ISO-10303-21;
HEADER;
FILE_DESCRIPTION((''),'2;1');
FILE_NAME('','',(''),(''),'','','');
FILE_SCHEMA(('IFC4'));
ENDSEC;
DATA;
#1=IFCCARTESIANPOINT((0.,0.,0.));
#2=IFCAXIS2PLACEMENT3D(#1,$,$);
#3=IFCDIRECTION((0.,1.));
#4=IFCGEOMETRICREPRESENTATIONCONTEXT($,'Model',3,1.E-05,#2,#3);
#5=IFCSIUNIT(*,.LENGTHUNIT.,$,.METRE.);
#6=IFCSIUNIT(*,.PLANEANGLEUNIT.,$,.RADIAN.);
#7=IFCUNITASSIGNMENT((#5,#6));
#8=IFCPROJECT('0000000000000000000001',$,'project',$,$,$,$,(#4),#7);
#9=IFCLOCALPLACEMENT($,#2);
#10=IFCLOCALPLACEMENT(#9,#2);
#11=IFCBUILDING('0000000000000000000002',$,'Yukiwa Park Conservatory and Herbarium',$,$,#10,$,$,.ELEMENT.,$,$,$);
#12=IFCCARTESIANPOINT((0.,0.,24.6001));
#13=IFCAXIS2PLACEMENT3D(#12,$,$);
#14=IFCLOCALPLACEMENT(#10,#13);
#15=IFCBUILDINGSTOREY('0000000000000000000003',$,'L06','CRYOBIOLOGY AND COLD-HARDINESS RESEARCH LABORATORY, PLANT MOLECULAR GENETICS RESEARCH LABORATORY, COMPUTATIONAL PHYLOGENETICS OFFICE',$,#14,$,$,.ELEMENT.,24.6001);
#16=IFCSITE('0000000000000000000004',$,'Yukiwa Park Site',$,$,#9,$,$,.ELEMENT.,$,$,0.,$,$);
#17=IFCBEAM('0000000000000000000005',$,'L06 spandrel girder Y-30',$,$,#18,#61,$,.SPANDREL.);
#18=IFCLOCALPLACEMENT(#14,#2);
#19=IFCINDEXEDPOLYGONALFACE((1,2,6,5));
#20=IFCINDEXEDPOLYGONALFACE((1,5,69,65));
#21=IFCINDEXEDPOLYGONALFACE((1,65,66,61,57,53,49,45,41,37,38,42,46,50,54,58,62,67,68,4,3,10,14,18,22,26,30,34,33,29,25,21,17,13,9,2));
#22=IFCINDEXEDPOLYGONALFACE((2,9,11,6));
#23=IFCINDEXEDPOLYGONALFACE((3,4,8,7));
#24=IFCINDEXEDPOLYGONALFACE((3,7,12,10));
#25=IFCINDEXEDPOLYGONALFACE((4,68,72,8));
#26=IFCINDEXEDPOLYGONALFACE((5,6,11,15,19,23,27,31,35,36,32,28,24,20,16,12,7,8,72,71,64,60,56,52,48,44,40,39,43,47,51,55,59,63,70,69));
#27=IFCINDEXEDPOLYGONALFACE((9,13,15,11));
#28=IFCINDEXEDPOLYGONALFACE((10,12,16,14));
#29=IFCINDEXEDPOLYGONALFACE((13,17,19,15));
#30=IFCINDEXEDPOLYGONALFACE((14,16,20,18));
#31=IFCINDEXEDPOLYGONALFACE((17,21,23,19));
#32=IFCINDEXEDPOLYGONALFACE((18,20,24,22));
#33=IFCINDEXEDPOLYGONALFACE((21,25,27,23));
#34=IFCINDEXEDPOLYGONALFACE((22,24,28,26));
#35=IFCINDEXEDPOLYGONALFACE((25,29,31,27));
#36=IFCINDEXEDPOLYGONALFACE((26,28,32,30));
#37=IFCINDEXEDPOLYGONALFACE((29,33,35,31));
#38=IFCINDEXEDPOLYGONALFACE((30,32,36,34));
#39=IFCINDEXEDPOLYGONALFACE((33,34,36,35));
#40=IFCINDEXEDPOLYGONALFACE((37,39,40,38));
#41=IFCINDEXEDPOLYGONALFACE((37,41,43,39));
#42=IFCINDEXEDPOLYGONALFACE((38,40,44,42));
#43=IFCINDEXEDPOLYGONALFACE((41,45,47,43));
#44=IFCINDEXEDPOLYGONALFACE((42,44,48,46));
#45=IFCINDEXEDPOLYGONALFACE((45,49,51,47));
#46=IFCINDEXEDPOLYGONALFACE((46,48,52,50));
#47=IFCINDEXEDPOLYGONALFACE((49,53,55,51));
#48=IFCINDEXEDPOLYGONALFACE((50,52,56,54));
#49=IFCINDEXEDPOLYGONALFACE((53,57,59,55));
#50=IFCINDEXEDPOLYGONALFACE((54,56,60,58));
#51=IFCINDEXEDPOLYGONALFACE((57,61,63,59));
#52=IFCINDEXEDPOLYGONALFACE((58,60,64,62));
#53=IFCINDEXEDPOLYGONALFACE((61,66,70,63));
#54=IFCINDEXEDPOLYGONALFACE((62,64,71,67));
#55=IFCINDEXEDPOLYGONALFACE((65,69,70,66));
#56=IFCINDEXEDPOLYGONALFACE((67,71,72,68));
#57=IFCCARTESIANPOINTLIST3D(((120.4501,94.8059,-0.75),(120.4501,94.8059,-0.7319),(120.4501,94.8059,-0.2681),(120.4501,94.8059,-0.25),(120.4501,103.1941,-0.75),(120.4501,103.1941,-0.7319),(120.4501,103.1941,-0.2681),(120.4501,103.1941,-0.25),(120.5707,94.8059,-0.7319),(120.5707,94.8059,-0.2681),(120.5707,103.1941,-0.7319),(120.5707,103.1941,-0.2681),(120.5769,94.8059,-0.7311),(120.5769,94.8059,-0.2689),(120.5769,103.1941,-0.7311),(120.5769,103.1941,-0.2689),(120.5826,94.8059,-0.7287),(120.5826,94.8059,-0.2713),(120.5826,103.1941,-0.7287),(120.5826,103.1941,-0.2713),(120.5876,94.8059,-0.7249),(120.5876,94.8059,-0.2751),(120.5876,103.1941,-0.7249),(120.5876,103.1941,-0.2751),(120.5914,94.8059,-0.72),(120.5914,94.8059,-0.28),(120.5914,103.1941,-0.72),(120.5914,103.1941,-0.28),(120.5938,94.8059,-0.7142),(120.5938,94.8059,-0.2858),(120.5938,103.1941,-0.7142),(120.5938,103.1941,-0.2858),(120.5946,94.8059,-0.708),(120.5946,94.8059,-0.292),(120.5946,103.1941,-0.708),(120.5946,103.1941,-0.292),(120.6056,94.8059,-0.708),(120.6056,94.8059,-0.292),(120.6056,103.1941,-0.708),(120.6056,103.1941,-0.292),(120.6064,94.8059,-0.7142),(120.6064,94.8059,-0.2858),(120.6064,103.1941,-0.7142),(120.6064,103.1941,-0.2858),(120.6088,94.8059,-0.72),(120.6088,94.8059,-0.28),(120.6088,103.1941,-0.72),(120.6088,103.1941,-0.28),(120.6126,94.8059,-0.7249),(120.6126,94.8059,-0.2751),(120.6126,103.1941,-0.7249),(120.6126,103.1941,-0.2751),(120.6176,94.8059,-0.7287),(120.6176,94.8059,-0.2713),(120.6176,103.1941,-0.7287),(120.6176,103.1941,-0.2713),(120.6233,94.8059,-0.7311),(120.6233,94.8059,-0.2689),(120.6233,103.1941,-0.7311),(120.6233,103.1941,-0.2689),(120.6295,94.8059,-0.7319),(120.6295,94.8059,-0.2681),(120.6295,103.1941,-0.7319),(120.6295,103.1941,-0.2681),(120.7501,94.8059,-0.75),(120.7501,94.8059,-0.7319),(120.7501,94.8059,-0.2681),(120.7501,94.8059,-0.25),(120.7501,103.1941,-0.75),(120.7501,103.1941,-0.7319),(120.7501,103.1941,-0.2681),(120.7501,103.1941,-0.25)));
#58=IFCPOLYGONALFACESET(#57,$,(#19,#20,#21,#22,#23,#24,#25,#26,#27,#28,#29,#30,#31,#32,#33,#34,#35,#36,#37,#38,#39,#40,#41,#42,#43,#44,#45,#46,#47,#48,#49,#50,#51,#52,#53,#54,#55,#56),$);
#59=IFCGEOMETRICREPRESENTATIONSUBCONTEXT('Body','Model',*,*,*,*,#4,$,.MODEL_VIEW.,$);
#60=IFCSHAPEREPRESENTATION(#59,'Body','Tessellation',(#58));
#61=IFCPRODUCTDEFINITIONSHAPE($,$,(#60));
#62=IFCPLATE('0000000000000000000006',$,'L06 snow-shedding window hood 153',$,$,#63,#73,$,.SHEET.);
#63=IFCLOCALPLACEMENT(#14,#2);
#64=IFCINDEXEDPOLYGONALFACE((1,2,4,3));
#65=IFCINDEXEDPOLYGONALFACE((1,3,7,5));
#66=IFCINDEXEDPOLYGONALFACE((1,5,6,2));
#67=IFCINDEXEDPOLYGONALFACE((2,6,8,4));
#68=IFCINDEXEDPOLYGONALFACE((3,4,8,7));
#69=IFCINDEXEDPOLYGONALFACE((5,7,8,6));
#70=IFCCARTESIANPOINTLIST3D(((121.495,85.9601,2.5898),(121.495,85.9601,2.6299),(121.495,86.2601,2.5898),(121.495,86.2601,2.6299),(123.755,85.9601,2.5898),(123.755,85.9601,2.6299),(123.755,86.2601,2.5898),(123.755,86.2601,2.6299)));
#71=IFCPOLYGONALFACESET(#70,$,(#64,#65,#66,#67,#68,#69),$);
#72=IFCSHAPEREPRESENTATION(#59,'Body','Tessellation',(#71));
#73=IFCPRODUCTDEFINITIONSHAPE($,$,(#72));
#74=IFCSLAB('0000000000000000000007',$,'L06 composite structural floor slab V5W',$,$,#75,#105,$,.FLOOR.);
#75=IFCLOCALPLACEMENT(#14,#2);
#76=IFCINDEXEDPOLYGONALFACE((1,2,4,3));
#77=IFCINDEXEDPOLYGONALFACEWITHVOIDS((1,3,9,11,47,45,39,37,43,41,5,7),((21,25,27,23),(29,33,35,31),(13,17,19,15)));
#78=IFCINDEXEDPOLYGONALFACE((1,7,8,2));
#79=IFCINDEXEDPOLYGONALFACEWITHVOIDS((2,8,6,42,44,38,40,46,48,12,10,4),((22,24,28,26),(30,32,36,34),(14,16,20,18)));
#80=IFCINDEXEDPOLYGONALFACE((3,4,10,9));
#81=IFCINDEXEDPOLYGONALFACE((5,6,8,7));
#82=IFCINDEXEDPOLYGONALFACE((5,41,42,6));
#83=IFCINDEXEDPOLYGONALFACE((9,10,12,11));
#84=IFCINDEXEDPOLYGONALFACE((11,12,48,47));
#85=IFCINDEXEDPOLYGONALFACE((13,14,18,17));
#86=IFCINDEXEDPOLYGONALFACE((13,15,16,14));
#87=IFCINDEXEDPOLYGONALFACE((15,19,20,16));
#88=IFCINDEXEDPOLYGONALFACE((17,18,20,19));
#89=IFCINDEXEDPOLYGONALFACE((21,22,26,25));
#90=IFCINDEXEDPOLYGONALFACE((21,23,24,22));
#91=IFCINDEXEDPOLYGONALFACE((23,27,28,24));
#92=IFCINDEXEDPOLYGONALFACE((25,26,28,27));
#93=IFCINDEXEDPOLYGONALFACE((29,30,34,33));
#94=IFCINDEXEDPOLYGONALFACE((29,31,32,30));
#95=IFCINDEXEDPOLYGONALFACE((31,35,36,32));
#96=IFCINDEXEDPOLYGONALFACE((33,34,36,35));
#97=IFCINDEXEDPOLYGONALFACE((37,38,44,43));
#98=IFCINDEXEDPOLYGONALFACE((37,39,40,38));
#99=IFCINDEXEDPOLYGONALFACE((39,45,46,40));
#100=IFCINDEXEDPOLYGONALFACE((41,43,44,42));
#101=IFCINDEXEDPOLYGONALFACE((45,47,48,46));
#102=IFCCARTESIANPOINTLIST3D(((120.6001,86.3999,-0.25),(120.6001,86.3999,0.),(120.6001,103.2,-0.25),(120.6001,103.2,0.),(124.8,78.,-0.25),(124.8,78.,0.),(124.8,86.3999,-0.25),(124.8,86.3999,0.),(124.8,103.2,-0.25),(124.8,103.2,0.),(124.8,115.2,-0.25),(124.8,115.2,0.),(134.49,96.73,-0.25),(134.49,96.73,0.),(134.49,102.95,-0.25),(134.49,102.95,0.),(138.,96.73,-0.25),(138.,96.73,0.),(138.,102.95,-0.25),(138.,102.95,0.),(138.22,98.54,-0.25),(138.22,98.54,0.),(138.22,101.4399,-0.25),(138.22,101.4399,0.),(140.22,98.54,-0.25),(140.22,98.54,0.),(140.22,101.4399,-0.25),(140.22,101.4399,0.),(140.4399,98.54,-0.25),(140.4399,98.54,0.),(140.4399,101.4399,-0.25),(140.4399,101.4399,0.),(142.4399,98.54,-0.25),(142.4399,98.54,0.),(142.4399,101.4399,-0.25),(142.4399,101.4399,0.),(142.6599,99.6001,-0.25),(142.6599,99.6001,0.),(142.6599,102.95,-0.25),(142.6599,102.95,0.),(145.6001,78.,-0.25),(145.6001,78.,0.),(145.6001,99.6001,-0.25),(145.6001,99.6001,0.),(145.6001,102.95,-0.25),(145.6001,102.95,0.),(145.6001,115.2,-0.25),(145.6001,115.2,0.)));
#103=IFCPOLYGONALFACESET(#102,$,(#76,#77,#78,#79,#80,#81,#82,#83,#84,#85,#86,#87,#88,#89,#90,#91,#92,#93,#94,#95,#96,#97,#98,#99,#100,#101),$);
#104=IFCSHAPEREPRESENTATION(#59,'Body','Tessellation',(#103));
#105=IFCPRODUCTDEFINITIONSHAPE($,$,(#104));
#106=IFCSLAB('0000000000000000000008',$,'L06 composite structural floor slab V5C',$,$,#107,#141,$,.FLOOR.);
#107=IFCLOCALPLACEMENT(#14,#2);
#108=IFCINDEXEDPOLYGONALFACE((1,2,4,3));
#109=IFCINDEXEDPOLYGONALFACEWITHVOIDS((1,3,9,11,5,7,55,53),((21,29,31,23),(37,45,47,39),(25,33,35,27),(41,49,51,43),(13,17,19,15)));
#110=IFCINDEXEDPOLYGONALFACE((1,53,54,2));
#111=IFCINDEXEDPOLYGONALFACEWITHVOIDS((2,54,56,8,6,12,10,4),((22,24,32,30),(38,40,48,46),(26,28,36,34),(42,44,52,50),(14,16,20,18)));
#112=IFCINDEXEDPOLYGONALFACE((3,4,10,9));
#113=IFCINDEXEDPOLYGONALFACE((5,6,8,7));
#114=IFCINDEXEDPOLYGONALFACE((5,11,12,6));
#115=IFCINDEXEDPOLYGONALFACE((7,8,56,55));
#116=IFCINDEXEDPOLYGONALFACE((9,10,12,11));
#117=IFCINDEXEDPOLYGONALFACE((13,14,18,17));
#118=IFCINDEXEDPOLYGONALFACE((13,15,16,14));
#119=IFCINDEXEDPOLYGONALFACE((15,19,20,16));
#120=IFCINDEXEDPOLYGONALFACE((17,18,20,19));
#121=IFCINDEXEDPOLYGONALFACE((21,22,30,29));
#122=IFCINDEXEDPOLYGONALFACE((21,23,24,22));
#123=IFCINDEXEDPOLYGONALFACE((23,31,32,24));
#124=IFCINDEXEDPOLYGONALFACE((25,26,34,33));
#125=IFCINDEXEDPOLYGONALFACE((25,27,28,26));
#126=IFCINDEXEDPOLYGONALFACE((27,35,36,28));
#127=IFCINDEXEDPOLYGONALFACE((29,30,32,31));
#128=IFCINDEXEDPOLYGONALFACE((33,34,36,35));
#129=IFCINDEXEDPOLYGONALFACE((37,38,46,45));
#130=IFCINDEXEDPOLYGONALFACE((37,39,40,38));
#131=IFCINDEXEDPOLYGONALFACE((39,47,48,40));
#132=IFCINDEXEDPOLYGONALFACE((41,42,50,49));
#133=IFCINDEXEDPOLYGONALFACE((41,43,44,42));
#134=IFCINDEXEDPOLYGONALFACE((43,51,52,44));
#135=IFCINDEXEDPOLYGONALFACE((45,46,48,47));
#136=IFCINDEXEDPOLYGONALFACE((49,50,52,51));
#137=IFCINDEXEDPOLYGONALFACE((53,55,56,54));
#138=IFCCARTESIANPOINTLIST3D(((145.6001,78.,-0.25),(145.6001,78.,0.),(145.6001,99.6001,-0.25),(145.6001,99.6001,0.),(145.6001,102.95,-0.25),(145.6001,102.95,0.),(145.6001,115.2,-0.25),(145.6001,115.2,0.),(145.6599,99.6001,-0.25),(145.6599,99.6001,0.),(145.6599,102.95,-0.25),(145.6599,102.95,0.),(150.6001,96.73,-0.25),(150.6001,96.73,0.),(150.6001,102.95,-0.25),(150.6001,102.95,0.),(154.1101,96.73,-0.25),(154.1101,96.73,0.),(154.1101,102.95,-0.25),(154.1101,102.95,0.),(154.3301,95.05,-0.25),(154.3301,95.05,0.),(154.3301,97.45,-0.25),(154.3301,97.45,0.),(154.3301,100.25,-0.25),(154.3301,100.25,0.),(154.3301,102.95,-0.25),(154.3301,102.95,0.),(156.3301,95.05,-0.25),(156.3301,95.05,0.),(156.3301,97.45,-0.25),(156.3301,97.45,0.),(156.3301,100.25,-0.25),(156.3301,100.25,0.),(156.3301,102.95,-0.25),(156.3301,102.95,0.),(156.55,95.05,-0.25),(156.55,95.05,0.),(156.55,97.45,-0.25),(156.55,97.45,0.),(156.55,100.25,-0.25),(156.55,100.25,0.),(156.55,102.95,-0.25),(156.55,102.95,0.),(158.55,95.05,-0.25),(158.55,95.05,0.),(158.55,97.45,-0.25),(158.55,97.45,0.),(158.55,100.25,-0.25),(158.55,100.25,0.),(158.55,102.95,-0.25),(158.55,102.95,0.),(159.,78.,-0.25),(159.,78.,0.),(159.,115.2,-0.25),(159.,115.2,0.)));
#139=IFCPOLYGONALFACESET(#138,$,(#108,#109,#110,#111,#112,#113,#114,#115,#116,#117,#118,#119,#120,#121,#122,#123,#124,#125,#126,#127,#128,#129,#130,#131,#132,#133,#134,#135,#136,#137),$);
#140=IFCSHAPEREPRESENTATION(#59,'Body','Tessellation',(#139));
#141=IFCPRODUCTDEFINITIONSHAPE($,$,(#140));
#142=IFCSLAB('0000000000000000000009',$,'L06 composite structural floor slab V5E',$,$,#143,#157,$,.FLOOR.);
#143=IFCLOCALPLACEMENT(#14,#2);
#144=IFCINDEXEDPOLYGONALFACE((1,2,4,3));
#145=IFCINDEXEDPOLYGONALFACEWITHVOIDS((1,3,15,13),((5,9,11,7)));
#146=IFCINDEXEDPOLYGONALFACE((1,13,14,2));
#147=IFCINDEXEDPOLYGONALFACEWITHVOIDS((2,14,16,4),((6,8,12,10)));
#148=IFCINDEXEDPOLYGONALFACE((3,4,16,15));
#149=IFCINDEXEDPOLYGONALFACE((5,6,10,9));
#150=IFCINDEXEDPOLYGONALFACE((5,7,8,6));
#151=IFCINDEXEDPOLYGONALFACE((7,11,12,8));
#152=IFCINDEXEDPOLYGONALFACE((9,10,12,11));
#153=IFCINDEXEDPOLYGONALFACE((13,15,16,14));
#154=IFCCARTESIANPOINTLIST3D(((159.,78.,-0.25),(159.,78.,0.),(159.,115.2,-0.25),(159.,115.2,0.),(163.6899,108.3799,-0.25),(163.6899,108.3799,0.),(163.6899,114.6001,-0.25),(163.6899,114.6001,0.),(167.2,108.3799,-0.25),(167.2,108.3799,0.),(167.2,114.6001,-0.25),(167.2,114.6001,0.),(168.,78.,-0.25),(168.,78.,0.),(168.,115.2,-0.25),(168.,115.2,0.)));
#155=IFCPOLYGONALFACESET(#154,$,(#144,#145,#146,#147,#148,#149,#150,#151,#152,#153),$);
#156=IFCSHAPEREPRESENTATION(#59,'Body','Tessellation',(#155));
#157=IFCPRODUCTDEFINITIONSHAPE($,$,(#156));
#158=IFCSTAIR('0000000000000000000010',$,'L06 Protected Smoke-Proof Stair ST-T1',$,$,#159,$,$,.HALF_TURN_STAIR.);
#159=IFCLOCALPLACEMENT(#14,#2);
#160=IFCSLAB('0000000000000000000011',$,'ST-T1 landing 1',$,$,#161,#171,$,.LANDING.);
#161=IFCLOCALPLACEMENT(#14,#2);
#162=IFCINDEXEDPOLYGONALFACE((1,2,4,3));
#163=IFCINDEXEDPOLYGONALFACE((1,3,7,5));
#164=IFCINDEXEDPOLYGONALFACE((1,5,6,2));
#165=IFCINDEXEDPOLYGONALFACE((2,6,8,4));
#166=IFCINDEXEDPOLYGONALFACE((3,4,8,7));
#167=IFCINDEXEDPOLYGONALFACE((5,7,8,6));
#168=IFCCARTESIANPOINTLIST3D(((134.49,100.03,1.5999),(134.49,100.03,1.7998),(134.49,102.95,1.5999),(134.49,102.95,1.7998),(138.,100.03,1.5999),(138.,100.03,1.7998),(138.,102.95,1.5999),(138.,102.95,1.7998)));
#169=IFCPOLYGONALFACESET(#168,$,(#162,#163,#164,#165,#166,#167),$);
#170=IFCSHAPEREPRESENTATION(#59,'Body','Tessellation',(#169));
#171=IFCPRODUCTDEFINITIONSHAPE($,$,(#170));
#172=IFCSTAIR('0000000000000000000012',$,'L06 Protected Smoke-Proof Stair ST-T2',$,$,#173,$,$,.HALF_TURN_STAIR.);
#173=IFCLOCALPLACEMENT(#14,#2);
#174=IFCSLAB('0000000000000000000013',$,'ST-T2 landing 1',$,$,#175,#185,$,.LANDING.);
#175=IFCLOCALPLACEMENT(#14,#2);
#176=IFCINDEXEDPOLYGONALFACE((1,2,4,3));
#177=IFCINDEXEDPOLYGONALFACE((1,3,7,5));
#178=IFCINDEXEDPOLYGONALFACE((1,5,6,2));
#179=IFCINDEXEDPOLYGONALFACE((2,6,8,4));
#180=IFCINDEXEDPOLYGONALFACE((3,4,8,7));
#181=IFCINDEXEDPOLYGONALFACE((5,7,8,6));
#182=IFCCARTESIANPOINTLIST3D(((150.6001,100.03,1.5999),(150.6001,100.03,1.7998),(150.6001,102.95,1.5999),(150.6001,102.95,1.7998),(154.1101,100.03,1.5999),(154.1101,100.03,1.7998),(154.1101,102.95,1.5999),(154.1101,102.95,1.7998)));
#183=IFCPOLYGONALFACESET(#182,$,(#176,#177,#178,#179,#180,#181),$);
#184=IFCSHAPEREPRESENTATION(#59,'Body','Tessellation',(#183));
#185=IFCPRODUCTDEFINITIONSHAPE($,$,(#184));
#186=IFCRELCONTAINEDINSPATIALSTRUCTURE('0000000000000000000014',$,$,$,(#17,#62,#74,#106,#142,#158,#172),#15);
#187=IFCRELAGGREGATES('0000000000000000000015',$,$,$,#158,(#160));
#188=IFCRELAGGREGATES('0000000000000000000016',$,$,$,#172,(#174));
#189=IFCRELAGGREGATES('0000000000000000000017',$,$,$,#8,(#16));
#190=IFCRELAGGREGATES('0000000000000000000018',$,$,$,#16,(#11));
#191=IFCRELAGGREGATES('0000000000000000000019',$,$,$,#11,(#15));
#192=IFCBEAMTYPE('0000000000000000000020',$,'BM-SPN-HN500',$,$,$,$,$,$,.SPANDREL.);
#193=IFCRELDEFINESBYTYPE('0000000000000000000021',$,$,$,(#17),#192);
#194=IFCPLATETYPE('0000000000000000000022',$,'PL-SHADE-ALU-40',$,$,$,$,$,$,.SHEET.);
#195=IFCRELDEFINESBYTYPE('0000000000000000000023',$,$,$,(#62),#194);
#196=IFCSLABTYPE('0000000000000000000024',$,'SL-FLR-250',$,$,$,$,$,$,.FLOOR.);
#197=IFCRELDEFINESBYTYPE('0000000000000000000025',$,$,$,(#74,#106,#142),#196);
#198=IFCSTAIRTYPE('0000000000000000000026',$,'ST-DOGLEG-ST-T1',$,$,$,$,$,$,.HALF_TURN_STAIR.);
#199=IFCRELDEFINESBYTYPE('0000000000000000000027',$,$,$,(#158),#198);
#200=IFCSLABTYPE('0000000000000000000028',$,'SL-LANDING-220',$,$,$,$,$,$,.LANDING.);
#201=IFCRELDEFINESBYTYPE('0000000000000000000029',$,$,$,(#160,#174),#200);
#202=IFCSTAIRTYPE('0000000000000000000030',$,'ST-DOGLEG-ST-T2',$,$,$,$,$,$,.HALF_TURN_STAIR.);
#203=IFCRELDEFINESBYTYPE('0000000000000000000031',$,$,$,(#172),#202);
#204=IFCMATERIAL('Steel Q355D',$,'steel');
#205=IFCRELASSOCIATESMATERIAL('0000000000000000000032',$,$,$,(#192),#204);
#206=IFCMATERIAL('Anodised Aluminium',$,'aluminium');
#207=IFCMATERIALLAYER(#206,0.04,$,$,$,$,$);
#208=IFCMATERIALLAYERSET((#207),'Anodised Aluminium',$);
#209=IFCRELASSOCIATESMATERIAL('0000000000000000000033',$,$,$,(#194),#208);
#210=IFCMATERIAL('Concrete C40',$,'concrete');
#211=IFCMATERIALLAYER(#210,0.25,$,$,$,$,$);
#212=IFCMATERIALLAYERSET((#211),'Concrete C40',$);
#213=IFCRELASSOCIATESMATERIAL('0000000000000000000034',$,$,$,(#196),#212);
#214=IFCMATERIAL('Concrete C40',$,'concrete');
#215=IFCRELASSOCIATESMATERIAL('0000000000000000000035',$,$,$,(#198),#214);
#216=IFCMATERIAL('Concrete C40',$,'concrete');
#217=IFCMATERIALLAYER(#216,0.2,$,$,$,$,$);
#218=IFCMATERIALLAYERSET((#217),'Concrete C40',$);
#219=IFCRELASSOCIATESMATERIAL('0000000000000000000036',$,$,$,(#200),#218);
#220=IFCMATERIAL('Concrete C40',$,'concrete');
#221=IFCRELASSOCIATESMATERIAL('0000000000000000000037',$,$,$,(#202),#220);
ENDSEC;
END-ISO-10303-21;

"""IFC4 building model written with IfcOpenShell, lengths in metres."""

from ifc_helpers import new_model, si_unit, direction, frame, origin, origin_2d, place, context, subcontext, project, spatial, polyline, rectangle, i_section, outline, extrude, material, layer, layer_set, material_profile, profile_set, type_object, element, aggregate, save


model = new_model("IFC4")

# Units and contexts
model_context = context("Model", 3, precision=1e-05, world=origin(), true_north=direction((0.0, 1.0)))
body_context = subcontext(model_context, "Body", "Model", "MODEL_VIEW")
ifc_project = project(units=[si_unit("LENGTHUNIT", "METRE"), si_unit("PLANEANGLEUNIT", "RADIAN")], contexts=[model_context])

# Site, building, storey
site_placement = place(None, origin())
site = spatial("IfcSite", under=ifc_project, at=site_placement, Name="Yukiwa Park Site", CompositionType="ELEMENT", RefElevation=0.0)
building_placement = place(site_placement, origin())
building = spatial("IfcBuilding", under=site, at=building_placement, Name="Yukiwa Park Conservatory and Herbarium", CompositionType="ELEMENT")
storey_placement = place(building_placement, frame((0.0, 0.0, 24.6001)))
storey = spatial("IfcBuildingStorey", under=building, at=storey_placement, Name="L06", Description="CRYOBIOLOGY AND COLD-HARDINESS RESEARCH LABORATORY, PLANT MOLECULAR GENETICS RESEARCH LABORATORY, COMPUTATIONAL PHYLOGENETICS OFFICE", CompositionType="ELEMENT", Elevation=24.6001)

# Beam
ifc_material_1 = material(Name="Steel Q355D", Category="steel")
ifc_material_profile_1 = material_profile(ifc_material_1, i_section(OverallWidth=0.3, OverallDepth=0.5, WebThickness=0.011, FlangeThickness=0.0181, FilletRadius=0.0239, at=origin_2d()), Name="HM 500x300x11x18")
ifc_profile_set_1 = profile_set([ifc_material_profile_1], Name="Steel Q355D")
beam_type_1 = type_object("IfcBeamType", Name="BM-SPN-HN500", PredefinedType="SPANDREL", material=ifc_profile_set_1)
beam_1_placement = place(storey_placement, frame((120.6001, 94.8059, -0.5), z_axis=(0.0, 1.0, 0.0), x_axis=(-1.0, 0.0, 0.0)))
element("IfcBeam", 1, at=beam_1_placement, inside=storey, type_object=beam_type_1, Name="L06 spandrel girder Y-30", PredefinedType="SPANDREL", context=body_context, shape_type="SweptSolid", body=[
    extrude(i_section(OverallWidth=0.3, OverallDepth=0.5, WebThickness=0.011, FlangeThickness=0.0181, FilletRadius=0.0239, at=origin_2d()), origin(), (0.0, 0.0, 1.0), 8.3882),
])

# Plate
ifc_material_2 = material(Name="Anodised Aluminium", Category="aluminium")
ifc_layer_1 = layer(ifc_material_2, 0.04)
ifc_layer_set_1 = layer_set([ifc_layer_1], Name="Anodised Aluminium")
plate_type = type_object("IfcPlateType", Name="PL-SHADE-ALU-40", PredefinedType="SHEET", material=ifc_layer_set_1)
plate_placement = place(storey_placement, frame((122.625, 86.1101, 2.5898), z_axis=(0.0, 0.0, 1.0), x_axis=(1.0, 0.0, 0.0)))
element("IfcPlate", 2, at=plate_placement, inside=storey, type_object=plate_type, Name="L06 snow-shedding window hood 153", PredefinedType="SHEET", context=body_context, shape_type="SweptSolid", body=[
    extrude(rectangle(XDim=2.26, YDim=0.3, at=origin_2d()), origin(), (0.0, 0.0, 1.0), 0.04),
])

# Slabs
ifc_material_3 = material(Name="Concrete C40", Category="concrete")
ifc_layer_2 = layer(ifc_material_3, 0.25)
ifc_layer_set_2 = layer_set([ifc_layer_2], Name="Concrete C40")
slab_type_1 = type_object("IfcSlabType", Name="SL-FLR-250", PredefinedType="FLOOR", material=ifc_layer_set_2)
slab_1_placement = place(storey_placement, frame((0.0, 0.0, -0.25)))
element("IfcSlab", 3, at=slab_1_placement, inside=storey, type_object=slab_type_1, Name="L06 composite structural floor slab V5W", PredefinedType="FLOOR", context=body_context, shape_type="SweptSolid", body=[
    extrude(outline(polyline([(124.8, 86.3999), (120.6001, 86.3999), (120.6001, 103.2), (124.8, 103.2), (124.8, 115.2), (145.6001, 115.2), (145.6001, 102.95), (142.6599, 102.95), (142.6599, 99.6001), (145.6001, 99.6001), (145.6001, 78.0), (124.8, 78.0), (124.8, 86.3999)]), holes=[polyline([(134.49, 102.95), (134.49, 96.73), (138.0, 96.73), (138.0, 102.95), (134.49, 102.95)]), polyline([(140.22, 101.4399), (138.22, 101.4399), (138.22, 98.54), (140.22, 98.54), (140.22, 101.4399)]), polyline([(140.4399, 101.4399), (140.4399, 98.54), (142.4399, 98.54), (142.4399, 101.4399), (140.4399, 101.4399)])]), origin(), (0.0, 0.0, 1.0), 0.25),
])
slab_2_placement = place(storey_placement, frame((0.0, 0.0, -0.25)))
element("IfcSlab", 4, at=slab_2_placement, inside=storey, type_object=slab_type_1, Name="L06 composite structural floor slab V5C", PredefinedType="FLOOR", context=body_context, shape_type="SweptSolid", body=[
    extrude(outline(polyline([(145.6001, 99.6001), (145.6599, 99.6001), (145.6599, 102.95), (145.6001, 102.95), (145.6001, 115.2), (159.0, 115.2), (159.0, 78.0), (145.6001, 78.0), (145.6001, 99.6001)]), holes=[polyline([(154.3301, 97.45), (154.3301, 95.05), (156.3301, 95.05), (156.3301, 97.45), (154.3301, 97.45)]), polyline([(156.55, 97.45), (156.55, 95.05), (158.55, 95.05), (158.55, 97.45), (156.55, 97.45)]), polyline([(154.1101, 102.95), (150.6001, 102.95), (150.6001, 96.73), (154.1101, 96.73), (154.1101, 102.95)]), polyline([(154.3301, 102.95), (154.3301, 100.25), (156.3301, 100.25), (156.3301, 102.95), (154.3301, 102.95)]), polyline([(158.55, 102.95), (156.55, 102.95), (156.55, 100.25), (158.55, 100.25), (158.55, 102.95)])]), origin(), (0.0, 0.0, 1.0), 0.25),
])
slab_3_placement = place(storey_placement, frame((0.0, 0.0, -0.25)))
element("IfcSlab", 5, at=slab_3_placement, inside=storey, type_object=slab_type_1, Name="L06 composite structural floor slab V5E", PredefinedType="FLOOR", context=body_context, shape_type="SweptSolid", body=[
    extrude(outline(polyline([(168.0, 78.0), (159.0, 78.0), (159.0, 115.2), (168.0, 115.2), (168.0, 78.0)]), holes=[polyline([(167.2, 114.6001), (163.6899, 114.6001), (163.6899, 108.3799), (167.2, 108.3799), (167.2, 114.6001)])]), origin(), (0.0, 0.0, 1.0), 0.25),
])

# Stairs, slabs
ifc_material_4 = material(Name="Concrete C40", Category="concrete")
stair_type_1 = type_object("IfcStairType", Name="ST-DOGLEG-ST-T1", PredefinedType="HALF_TURN_STAIR", material=ifc_material_4)
stair_1_placement = place(storey_placement, origin())
stair_1 = element("IfcStair", 6, at=stair_1_placement, inside=storey, type_object=stair_type_1, Name="L06 Protected Smoke-Proof Stair ST-T1", PredefinedType="HALF_TURN_STAIR")
ifc_material_5 = material(Name="Concrete C40", Category="concrete")
ifc_layer_3 = layer(ifc_material_5, 0.2)
ifc_layer_set_3 = layer_set([ifc_layer_3], Name="Concrete C40")
slab_type_2 = type_object("IfcSlabType", Name="SL-LANDING-220", PredefinedType="LANDING", material=ifc_layer_set_3)
slab_4_placement = place(storey_placement, frame((0.0, 0.0, 1.5999)))
slab_4 = element("IfcSlab", 7, at=slab_4_placement, type_object=slab_type_2, Name="ST-T1 landing 1", PredefinedType="LANDING", context=body_context, shape_type="SweptSolid", body=[
    extrude(outline(polyline([(138.0, 100.03), (138.0, 102.95), (134.49, 102.95), (134.49, 100.03), (138.0, 100.03)])), origin(), (0.0, 0.0, 1.0), 0.2),
])
aggregate(stair_1, [slab_4])
ifc_material_6 = material(Name="Concrete C40", Category="concrete")
stair_type_2 = type_object("IfcStairType", Name="ST-DOGLEG-ST-T2", PredefinedType="HALF_TURN_STAIR", material=ifc_material_6)
stair_2_placement = place(storey_placement, origin())
stair_2 = element("IfcStair", 8, at=stair_2_placement, inside=storey, type_object=stair_type_2, Name="L06 Protected Smoke-Proof Stair ST-T2", PredefinedType="HALF_TURN_STAIR")
slab_5_placement = place(storey_placement, frame((0.0, 0.0, 1.5999)))
slab_5 = element("IfcSlab", 9, at=slab_5_placement, type_object=slab_type_2, Name="ST-T2 landing 1", PredefinedType="LANDING", context=body_context, shape_type="SweptSolid", body=[
    extrude(outline(polyline([(154.1101, 100.03), (154.1101, 102.95), (150.6001, 102.95), (150.6001, 100.03), (154.1101, 100.03)])), origin(), (0.0, 0.0, 1.0), 0.2),
])
aggregate(stair_2, [slab_5])

save(model, "model.ifc")
